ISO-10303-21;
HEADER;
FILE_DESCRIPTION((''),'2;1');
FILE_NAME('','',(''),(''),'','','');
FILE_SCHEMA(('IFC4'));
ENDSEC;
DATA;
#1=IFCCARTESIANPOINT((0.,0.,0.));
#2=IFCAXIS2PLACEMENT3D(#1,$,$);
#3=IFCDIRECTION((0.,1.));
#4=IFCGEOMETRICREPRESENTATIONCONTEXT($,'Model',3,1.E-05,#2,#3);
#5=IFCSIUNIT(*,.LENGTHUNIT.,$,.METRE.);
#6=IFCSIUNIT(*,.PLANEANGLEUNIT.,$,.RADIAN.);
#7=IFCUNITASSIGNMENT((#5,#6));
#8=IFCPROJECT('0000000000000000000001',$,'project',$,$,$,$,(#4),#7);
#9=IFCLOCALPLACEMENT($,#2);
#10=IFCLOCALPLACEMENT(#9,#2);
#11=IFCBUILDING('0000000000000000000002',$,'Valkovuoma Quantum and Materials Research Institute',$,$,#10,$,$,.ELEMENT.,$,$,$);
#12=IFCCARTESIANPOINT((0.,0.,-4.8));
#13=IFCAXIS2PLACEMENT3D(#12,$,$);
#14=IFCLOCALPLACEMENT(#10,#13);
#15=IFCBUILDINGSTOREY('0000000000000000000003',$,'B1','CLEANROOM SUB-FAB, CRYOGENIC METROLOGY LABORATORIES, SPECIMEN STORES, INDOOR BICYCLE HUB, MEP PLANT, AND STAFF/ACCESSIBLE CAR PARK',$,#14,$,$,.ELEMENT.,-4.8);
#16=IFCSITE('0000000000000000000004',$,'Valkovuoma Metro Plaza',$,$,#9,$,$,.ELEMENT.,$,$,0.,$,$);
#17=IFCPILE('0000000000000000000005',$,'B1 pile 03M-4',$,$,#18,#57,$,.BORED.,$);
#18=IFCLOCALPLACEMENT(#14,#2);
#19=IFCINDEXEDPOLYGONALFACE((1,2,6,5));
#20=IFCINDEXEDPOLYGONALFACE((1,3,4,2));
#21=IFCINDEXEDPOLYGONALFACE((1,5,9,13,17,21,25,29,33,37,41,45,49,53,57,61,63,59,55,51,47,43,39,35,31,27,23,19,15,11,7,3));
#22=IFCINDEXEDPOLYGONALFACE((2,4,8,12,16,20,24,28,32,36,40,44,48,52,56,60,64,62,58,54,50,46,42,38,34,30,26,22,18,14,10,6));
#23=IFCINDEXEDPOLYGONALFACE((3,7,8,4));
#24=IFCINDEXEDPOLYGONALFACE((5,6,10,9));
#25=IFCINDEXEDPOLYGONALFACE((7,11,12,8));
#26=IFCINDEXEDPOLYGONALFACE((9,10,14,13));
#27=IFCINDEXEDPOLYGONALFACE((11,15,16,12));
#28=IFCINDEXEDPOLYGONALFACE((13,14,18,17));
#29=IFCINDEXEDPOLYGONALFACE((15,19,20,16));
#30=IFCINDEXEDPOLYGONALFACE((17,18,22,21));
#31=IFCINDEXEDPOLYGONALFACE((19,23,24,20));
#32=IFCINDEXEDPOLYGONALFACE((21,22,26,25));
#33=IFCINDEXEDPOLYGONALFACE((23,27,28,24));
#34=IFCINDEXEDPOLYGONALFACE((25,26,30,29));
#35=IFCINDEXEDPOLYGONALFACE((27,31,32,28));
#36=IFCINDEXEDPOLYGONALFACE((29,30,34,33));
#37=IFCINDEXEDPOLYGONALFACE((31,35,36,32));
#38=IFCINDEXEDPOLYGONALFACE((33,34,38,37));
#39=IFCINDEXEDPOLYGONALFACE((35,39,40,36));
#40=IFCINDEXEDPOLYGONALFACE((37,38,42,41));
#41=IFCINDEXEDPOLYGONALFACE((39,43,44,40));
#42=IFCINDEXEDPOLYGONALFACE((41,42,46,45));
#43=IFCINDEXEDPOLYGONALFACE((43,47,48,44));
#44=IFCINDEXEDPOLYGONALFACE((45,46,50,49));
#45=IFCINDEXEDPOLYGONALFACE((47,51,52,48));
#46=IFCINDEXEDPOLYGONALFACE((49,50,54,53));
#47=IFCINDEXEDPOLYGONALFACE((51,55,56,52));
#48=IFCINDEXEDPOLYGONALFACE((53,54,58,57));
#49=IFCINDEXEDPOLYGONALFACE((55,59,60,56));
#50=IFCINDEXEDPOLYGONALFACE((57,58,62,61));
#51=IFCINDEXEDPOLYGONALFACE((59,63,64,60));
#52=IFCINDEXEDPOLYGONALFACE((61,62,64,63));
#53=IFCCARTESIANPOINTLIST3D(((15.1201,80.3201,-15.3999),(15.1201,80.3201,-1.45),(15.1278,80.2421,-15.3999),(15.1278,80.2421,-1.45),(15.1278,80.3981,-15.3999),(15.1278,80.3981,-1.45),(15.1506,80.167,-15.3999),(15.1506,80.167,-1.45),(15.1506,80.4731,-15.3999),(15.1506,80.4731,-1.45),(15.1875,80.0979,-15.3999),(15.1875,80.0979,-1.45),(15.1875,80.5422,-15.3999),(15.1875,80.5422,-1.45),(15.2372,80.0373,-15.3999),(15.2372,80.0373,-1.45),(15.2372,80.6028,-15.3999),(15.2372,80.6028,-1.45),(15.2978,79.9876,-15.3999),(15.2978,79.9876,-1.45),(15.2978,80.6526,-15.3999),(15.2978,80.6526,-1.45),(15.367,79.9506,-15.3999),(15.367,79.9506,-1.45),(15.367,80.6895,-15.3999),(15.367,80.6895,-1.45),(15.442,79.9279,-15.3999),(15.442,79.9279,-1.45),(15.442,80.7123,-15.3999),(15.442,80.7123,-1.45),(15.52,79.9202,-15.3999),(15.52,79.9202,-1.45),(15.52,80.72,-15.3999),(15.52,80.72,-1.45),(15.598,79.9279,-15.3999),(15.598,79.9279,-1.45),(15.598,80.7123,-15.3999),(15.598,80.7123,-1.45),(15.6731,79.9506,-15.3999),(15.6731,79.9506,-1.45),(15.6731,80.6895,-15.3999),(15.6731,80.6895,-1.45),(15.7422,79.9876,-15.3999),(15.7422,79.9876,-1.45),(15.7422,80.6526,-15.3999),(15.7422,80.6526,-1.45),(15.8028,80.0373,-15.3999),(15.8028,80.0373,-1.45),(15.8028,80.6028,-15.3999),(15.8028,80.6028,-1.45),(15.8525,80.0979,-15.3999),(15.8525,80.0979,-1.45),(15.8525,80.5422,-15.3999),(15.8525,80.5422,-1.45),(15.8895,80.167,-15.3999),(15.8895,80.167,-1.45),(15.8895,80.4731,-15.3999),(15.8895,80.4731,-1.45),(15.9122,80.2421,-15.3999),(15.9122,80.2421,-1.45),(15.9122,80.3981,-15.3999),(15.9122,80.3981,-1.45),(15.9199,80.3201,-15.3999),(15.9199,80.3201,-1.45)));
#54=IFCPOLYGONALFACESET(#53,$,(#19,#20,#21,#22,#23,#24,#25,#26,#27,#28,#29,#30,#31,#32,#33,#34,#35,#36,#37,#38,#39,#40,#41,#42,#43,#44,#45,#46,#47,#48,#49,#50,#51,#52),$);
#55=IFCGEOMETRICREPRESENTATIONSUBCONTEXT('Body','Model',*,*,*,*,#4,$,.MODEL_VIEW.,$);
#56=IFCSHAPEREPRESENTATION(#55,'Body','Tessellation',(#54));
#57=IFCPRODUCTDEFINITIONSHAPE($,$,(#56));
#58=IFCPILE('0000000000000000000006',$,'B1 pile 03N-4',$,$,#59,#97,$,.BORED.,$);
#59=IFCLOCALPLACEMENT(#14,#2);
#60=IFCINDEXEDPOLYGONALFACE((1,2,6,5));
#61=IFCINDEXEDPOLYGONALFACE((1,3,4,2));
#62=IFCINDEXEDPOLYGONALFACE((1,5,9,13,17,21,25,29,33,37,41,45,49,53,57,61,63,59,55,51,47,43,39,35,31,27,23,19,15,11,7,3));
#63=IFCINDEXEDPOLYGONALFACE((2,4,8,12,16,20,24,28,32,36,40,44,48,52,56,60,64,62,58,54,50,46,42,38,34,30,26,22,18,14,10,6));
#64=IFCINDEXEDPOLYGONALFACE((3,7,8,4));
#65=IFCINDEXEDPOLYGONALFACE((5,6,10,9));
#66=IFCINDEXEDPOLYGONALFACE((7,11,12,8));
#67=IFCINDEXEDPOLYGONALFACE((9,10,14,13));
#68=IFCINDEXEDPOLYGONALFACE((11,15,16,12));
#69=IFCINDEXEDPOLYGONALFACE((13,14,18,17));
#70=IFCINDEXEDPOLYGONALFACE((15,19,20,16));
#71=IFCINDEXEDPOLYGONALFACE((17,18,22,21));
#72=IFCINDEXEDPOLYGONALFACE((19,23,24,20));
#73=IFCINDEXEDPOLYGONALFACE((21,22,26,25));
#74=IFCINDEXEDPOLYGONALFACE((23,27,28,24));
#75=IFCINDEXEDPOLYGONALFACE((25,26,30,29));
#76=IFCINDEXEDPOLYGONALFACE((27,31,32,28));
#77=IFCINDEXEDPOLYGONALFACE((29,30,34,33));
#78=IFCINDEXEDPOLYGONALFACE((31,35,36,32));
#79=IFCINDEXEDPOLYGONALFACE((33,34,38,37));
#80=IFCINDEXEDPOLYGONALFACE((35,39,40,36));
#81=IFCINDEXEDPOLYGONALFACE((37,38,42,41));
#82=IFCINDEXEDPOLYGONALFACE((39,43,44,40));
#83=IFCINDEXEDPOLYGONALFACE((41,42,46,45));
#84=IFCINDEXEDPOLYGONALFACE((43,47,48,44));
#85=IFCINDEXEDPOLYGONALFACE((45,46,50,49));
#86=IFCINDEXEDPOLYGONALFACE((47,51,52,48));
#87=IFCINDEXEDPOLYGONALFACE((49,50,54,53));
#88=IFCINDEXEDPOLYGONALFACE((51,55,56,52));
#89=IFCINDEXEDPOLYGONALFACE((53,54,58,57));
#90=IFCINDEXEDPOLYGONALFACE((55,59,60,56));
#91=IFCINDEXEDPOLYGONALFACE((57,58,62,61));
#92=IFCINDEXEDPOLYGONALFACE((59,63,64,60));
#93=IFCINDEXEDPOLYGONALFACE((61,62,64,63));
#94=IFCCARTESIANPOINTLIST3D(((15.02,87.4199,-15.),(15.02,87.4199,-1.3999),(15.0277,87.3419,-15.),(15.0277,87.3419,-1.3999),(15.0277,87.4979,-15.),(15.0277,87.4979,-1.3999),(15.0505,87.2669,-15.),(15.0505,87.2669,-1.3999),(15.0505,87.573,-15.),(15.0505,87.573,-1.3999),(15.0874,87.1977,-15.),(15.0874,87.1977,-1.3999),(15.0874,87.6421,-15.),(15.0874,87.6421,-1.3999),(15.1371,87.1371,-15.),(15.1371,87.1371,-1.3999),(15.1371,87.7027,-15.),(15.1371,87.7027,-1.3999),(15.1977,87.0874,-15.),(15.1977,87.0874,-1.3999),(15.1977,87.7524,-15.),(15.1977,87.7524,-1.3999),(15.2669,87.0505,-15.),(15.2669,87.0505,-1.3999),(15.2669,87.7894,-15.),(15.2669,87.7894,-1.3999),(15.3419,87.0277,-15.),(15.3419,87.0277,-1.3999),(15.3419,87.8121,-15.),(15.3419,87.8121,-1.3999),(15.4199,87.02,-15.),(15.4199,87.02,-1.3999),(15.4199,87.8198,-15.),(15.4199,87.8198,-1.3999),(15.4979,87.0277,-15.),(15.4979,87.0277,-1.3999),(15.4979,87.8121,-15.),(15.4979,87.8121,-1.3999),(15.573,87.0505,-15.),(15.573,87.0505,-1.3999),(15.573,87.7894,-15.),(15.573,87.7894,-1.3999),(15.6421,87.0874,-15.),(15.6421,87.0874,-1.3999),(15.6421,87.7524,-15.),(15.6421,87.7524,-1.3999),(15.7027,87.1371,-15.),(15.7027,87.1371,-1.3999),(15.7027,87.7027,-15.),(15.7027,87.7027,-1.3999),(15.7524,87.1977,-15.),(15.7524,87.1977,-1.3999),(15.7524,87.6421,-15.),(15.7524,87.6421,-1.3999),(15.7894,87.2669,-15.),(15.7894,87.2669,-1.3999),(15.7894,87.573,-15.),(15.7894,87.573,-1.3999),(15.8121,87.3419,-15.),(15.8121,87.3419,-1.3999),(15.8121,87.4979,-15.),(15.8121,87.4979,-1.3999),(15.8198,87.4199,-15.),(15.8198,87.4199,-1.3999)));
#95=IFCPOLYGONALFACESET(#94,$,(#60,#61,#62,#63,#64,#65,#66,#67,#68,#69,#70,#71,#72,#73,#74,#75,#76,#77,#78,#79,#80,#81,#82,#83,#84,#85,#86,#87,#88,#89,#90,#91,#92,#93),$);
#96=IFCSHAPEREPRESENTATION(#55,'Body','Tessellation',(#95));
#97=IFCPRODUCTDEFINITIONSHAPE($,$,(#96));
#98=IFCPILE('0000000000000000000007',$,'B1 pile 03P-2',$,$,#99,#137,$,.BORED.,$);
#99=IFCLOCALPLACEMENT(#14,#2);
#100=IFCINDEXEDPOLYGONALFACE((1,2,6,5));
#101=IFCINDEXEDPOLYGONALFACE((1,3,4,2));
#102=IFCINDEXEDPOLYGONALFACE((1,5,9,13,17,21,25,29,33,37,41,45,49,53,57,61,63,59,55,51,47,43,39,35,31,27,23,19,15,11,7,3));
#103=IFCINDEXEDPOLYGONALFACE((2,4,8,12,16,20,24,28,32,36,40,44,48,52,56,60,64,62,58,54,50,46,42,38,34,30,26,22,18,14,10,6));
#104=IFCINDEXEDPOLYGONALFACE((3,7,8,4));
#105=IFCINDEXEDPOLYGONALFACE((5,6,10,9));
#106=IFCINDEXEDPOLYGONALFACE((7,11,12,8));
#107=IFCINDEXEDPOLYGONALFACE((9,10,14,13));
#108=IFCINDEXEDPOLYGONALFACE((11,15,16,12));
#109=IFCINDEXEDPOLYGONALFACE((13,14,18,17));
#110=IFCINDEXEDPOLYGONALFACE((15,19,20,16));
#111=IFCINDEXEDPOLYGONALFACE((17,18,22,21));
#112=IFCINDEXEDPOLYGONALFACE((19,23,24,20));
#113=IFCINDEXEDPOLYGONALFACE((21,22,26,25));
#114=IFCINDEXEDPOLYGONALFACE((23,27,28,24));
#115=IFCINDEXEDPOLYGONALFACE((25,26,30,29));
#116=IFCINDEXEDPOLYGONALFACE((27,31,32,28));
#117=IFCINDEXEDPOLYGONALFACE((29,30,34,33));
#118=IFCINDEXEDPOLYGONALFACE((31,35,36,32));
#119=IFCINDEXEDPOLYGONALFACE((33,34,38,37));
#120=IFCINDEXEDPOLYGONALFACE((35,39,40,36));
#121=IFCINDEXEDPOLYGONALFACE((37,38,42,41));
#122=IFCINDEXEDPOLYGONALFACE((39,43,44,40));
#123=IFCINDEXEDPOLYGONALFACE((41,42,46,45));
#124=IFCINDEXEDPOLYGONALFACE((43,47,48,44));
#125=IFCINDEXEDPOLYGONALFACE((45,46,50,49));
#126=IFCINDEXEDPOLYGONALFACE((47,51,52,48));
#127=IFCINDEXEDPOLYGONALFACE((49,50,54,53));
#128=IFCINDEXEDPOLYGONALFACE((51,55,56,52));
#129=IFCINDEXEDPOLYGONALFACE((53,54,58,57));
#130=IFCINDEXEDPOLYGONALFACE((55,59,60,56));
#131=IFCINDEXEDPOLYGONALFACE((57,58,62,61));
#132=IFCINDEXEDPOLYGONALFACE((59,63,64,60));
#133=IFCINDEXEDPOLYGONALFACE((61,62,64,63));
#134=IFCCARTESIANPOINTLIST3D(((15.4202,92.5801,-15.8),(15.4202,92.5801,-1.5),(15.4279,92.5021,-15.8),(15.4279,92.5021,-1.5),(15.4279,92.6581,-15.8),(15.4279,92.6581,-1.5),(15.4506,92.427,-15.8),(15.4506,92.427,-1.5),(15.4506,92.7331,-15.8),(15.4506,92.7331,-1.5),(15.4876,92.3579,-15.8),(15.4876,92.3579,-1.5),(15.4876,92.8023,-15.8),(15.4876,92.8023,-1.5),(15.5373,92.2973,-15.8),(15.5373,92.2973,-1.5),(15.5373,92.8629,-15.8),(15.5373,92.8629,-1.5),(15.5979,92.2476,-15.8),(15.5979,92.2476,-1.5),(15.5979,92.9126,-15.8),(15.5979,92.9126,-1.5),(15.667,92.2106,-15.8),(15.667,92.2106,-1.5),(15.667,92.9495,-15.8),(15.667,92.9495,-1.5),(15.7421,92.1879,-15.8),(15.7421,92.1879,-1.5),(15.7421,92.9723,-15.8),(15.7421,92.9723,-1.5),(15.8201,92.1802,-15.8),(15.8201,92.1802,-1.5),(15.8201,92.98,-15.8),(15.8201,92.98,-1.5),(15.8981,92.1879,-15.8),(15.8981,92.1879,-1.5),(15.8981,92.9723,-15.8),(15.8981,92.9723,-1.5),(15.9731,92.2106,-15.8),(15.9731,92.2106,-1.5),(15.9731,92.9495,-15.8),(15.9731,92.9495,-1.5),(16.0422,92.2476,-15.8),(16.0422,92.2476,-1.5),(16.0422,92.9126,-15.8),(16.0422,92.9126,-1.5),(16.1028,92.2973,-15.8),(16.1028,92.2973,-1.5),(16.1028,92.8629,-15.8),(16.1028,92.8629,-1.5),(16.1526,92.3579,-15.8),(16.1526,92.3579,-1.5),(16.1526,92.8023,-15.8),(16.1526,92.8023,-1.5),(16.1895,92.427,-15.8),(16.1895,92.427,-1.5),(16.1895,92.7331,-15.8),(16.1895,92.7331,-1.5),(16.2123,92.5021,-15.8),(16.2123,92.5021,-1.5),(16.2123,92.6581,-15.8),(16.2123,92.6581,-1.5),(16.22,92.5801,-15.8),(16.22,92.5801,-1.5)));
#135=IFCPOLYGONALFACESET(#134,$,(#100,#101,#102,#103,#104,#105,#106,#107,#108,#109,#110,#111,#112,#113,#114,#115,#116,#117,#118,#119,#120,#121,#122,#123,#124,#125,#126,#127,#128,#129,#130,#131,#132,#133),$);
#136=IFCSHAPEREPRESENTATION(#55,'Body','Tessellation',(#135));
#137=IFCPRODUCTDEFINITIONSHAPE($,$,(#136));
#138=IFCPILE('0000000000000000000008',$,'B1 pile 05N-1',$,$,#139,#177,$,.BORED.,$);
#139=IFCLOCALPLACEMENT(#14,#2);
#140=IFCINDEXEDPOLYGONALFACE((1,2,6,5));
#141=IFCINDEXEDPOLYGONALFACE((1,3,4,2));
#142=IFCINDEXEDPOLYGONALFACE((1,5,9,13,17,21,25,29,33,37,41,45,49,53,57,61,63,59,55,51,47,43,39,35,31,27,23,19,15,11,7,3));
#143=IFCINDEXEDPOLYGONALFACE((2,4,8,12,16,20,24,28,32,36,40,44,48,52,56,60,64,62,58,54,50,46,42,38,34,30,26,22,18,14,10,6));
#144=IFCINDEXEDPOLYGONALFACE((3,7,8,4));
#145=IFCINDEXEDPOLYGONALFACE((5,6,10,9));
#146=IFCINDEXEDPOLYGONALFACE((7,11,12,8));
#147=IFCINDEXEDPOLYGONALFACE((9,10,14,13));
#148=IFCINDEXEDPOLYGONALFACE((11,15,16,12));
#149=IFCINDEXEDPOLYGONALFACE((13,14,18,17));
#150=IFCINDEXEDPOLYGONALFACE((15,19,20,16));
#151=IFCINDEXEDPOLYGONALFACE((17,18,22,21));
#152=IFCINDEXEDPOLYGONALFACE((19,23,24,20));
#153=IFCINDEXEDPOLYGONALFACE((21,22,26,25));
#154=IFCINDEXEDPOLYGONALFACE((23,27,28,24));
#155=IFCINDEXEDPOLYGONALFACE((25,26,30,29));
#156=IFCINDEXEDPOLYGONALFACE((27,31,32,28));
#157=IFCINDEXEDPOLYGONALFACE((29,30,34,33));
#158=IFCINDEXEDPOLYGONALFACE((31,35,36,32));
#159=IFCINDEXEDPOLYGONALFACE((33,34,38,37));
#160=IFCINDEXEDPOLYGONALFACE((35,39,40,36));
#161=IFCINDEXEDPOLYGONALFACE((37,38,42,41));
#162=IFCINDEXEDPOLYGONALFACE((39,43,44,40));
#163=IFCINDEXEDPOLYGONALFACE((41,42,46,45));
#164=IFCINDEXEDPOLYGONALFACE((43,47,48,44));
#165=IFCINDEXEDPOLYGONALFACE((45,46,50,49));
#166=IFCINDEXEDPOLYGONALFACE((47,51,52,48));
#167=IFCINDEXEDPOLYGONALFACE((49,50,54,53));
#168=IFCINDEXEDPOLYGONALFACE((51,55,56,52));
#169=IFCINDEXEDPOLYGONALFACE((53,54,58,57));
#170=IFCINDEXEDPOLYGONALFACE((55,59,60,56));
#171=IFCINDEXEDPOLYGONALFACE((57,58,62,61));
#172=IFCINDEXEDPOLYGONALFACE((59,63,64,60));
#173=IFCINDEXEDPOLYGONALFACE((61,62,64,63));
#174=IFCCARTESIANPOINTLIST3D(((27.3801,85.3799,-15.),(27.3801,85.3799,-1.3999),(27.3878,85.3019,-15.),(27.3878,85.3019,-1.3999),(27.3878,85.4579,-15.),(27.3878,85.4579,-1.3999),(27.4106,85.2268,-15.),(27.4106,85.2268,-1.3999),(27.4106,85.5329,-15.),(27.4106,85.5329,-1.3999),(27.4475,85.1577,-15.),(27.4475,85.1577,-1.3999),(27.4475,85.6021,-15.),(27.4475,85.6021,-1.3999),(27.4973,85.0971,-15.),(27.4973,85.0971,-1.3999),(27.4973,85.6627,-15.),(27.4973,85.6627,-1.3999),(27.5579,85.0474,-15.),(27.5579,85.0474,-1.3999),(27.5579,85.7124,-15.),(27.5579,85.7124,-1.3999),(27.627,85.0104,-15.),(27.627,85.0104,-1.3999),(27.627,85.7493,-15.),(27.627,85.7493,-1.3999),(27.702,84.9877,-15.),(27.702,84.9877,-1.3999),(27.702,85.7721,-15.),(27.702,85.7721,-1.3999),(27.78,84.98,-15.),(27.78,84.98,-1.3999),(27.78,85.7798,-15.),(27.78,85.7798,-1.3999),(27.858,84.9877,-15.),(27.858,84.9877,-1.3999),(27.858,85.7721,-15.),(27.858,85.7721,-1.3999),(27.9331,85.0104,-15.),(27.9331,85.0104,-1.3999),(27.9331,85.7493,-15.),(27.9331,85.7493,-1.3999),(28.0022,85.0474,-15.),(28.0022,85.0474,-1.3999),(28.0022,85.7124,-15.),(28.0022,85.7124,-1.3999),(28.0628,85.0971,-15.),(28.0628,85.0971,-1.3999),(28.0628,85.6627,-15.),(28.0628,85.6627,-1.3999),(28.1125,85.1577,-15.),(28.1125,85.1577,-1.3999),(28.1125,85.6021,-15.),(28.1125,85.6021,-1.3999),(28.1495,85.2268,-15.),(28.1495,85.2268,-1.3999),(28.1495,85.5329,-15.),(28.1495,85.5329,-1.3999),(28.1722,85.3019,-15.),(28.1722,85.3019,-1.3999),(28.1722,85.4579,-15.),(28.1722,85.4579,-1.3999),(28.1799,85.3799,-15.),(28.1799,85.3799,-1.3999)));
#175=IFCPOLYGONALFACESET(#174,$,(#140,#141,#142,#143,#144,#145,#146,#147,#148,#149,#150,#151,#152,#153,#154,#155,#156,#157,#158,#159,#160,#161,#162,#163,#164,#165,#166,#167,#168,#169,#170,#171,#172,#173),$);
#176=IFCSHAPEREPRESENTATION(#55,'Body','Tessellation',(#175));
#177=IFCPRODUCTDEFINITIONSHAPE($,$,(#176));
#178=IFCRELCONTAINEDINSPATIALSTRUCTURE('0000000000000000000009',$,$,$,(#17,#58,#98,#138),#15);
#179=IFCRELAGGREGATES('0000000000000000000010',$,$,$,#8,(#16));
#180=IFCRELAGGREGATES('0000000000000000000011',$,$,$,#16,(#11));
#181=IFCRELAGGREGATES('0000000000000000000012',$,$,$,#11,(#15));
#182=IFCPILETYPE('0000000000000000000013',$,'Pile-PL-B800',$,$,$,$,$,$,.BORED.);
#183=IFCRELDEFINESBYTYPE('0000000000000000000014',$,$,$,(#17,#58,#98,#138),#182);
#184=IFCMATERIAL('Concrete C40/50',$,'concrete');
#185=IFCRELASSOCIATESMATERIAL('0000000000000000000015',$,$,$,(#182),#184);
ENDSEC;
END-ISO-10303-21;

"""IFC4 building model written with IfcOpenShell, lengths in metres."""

from ifc_helpers import new_model, si_unit, direction, frame, origin, origin_2d, place, context, subcontext, project, spatial, circle, extrude, material, material_profile, profile_set, type_object, element, save


model = new_model("IFC4")

# Units and contexts
model_context = context("Model", 3, precision=1e-05, world=origin(), true_north=direction((0.0, 1.0)))
body_context = subcontext(model_context, "Body", "Model", "MODEL_VIEW")
ifc_project = project(units=[si_unit("LENGTHUNIT", "METRE"), si_unit("PLANEANGLEUNIT", "RADIAN")], contexts=[model_context])

# Site, building, storey
site_placement = place(None, origin())
site = spatial("IfcSite", under=ifc_project, at=site_placement, Name="Valkovuoma Metro Plaza", CompositionType="ELEMENT", RefElevation=0.0)
building_placement = place(site_placement, origin())
building = spatial("IfcBuilding", under=site, at=building_placement, Name="Valkovuoma Quantum and Materials Research Institute", CompositionType="ELEMENT")
storey_placement = place(building_placement, frame((0.0, 0.0, -4.8)))
storey = spatial("IfcBuildingStorey", under=building, at=storey_placement, Name="B1", Description="CLEANROOM SUB-FAB, CRYOGENIC METROLOGY LABORATORIES, SPECIMEN STORES, INDOOR BICYCLE HUB, MEP PLANT, AND STAFF/ACCESSIBLE CAR PARK", CompositionType="ELEMENT", Elevation=-4.8)

# Piles
ifc_material_1 = material(Name="Concrete C40/50", Category="concrete")
ifc_material_profile_1 = material_profile(ifc_material_1, circle(Radius=0.3999, at=origin_2d()), Name="Concrete C40/50")
ifc_profile_set_1 = profile_set([ifc_material_profile_1], Name="Concrete C40/50")
pile_type_1 = type_object("IfcPileType", Name="Pile-PL-B800", PredefinedType="BORED", material=ifc_profile_set_1)
pile_1_placement = place(storey_placement, frame((15.52, 80.3201, -1.45), z_axis=(0.0, 0.0, -1.0), x_axis=(1.0, 0.0, 0.0)))
element("IfcPile", 1, at=pile_1_placement, inside=storey, type_object=pile_type_1, Name="B1 pile 03M-4", PredefinedType="BORED", context=body_context, shape_type="SweptSolid", body=[
    extrude(circle(Radius=0.3999, at=origin_2d()), origin(), (0.0, 0.0, 1.0), 13.95),
])
pile_2_placement = place(storey_placement, frame((15.4199, 87.4199, -1.3999), z_axis=(0.0, 0.0, -1.0), x_axis=(1.0, 0.0, 0.0)))
element("IfcPile", 2, at=pile_2_placement, inside=storey, type_object=pile_type_1, Name="B1 pile 03N-4", PredefinedType="BORED", context=body_context, shape_type="SweptSolid", body=[
    extrude(circle(Radius=0.3999, at=origin_2d()), origin(), (0.0, 0.0, 1.0), 13.6001),
])
pile_3_placement = place(storey_placement, frame((15.8201, 92.5801, -1.5), z_axis=(0.0, 0.0, -1.0), x_axis=(1.0, 0.0, 0.0)))
element("IfcPile", 3, at=pile_3_placement, inside=storey, type_object=pile_type_1, Name="B1 pile 03P-2", PredefinedType="BORED", context=body_context, shape_type="SweptSolid", body=[
    extrude(circle(Radius=0.3999, at=origin_2d()), origin(), (0.0, 0.0, 1.0), 14.3),
])
for number, where, z_axis, x_axis, name in (
    (4, (27.78, 85.3799, -1.3999), (0.0, 0.0, -1.0), (1.0, 0.0, 0.0), "B1 pile 05N-1"),
):
    element("IfcPile", number, at=place(storey_placement, frame(where, z_axis=z_axis, x_axis=x_axis)), inside=storey, type_object=pile_type_1, Name=name, PredefinedType="BORED", context=body_context, shape_type="SweptSolid", body=[
        extrude(circle(Radius=0.3999, at=origin_2d()), origin(), (0.0, 0.0, 1.0), 13.6001),
    ])

save(model, "model.ifc")
